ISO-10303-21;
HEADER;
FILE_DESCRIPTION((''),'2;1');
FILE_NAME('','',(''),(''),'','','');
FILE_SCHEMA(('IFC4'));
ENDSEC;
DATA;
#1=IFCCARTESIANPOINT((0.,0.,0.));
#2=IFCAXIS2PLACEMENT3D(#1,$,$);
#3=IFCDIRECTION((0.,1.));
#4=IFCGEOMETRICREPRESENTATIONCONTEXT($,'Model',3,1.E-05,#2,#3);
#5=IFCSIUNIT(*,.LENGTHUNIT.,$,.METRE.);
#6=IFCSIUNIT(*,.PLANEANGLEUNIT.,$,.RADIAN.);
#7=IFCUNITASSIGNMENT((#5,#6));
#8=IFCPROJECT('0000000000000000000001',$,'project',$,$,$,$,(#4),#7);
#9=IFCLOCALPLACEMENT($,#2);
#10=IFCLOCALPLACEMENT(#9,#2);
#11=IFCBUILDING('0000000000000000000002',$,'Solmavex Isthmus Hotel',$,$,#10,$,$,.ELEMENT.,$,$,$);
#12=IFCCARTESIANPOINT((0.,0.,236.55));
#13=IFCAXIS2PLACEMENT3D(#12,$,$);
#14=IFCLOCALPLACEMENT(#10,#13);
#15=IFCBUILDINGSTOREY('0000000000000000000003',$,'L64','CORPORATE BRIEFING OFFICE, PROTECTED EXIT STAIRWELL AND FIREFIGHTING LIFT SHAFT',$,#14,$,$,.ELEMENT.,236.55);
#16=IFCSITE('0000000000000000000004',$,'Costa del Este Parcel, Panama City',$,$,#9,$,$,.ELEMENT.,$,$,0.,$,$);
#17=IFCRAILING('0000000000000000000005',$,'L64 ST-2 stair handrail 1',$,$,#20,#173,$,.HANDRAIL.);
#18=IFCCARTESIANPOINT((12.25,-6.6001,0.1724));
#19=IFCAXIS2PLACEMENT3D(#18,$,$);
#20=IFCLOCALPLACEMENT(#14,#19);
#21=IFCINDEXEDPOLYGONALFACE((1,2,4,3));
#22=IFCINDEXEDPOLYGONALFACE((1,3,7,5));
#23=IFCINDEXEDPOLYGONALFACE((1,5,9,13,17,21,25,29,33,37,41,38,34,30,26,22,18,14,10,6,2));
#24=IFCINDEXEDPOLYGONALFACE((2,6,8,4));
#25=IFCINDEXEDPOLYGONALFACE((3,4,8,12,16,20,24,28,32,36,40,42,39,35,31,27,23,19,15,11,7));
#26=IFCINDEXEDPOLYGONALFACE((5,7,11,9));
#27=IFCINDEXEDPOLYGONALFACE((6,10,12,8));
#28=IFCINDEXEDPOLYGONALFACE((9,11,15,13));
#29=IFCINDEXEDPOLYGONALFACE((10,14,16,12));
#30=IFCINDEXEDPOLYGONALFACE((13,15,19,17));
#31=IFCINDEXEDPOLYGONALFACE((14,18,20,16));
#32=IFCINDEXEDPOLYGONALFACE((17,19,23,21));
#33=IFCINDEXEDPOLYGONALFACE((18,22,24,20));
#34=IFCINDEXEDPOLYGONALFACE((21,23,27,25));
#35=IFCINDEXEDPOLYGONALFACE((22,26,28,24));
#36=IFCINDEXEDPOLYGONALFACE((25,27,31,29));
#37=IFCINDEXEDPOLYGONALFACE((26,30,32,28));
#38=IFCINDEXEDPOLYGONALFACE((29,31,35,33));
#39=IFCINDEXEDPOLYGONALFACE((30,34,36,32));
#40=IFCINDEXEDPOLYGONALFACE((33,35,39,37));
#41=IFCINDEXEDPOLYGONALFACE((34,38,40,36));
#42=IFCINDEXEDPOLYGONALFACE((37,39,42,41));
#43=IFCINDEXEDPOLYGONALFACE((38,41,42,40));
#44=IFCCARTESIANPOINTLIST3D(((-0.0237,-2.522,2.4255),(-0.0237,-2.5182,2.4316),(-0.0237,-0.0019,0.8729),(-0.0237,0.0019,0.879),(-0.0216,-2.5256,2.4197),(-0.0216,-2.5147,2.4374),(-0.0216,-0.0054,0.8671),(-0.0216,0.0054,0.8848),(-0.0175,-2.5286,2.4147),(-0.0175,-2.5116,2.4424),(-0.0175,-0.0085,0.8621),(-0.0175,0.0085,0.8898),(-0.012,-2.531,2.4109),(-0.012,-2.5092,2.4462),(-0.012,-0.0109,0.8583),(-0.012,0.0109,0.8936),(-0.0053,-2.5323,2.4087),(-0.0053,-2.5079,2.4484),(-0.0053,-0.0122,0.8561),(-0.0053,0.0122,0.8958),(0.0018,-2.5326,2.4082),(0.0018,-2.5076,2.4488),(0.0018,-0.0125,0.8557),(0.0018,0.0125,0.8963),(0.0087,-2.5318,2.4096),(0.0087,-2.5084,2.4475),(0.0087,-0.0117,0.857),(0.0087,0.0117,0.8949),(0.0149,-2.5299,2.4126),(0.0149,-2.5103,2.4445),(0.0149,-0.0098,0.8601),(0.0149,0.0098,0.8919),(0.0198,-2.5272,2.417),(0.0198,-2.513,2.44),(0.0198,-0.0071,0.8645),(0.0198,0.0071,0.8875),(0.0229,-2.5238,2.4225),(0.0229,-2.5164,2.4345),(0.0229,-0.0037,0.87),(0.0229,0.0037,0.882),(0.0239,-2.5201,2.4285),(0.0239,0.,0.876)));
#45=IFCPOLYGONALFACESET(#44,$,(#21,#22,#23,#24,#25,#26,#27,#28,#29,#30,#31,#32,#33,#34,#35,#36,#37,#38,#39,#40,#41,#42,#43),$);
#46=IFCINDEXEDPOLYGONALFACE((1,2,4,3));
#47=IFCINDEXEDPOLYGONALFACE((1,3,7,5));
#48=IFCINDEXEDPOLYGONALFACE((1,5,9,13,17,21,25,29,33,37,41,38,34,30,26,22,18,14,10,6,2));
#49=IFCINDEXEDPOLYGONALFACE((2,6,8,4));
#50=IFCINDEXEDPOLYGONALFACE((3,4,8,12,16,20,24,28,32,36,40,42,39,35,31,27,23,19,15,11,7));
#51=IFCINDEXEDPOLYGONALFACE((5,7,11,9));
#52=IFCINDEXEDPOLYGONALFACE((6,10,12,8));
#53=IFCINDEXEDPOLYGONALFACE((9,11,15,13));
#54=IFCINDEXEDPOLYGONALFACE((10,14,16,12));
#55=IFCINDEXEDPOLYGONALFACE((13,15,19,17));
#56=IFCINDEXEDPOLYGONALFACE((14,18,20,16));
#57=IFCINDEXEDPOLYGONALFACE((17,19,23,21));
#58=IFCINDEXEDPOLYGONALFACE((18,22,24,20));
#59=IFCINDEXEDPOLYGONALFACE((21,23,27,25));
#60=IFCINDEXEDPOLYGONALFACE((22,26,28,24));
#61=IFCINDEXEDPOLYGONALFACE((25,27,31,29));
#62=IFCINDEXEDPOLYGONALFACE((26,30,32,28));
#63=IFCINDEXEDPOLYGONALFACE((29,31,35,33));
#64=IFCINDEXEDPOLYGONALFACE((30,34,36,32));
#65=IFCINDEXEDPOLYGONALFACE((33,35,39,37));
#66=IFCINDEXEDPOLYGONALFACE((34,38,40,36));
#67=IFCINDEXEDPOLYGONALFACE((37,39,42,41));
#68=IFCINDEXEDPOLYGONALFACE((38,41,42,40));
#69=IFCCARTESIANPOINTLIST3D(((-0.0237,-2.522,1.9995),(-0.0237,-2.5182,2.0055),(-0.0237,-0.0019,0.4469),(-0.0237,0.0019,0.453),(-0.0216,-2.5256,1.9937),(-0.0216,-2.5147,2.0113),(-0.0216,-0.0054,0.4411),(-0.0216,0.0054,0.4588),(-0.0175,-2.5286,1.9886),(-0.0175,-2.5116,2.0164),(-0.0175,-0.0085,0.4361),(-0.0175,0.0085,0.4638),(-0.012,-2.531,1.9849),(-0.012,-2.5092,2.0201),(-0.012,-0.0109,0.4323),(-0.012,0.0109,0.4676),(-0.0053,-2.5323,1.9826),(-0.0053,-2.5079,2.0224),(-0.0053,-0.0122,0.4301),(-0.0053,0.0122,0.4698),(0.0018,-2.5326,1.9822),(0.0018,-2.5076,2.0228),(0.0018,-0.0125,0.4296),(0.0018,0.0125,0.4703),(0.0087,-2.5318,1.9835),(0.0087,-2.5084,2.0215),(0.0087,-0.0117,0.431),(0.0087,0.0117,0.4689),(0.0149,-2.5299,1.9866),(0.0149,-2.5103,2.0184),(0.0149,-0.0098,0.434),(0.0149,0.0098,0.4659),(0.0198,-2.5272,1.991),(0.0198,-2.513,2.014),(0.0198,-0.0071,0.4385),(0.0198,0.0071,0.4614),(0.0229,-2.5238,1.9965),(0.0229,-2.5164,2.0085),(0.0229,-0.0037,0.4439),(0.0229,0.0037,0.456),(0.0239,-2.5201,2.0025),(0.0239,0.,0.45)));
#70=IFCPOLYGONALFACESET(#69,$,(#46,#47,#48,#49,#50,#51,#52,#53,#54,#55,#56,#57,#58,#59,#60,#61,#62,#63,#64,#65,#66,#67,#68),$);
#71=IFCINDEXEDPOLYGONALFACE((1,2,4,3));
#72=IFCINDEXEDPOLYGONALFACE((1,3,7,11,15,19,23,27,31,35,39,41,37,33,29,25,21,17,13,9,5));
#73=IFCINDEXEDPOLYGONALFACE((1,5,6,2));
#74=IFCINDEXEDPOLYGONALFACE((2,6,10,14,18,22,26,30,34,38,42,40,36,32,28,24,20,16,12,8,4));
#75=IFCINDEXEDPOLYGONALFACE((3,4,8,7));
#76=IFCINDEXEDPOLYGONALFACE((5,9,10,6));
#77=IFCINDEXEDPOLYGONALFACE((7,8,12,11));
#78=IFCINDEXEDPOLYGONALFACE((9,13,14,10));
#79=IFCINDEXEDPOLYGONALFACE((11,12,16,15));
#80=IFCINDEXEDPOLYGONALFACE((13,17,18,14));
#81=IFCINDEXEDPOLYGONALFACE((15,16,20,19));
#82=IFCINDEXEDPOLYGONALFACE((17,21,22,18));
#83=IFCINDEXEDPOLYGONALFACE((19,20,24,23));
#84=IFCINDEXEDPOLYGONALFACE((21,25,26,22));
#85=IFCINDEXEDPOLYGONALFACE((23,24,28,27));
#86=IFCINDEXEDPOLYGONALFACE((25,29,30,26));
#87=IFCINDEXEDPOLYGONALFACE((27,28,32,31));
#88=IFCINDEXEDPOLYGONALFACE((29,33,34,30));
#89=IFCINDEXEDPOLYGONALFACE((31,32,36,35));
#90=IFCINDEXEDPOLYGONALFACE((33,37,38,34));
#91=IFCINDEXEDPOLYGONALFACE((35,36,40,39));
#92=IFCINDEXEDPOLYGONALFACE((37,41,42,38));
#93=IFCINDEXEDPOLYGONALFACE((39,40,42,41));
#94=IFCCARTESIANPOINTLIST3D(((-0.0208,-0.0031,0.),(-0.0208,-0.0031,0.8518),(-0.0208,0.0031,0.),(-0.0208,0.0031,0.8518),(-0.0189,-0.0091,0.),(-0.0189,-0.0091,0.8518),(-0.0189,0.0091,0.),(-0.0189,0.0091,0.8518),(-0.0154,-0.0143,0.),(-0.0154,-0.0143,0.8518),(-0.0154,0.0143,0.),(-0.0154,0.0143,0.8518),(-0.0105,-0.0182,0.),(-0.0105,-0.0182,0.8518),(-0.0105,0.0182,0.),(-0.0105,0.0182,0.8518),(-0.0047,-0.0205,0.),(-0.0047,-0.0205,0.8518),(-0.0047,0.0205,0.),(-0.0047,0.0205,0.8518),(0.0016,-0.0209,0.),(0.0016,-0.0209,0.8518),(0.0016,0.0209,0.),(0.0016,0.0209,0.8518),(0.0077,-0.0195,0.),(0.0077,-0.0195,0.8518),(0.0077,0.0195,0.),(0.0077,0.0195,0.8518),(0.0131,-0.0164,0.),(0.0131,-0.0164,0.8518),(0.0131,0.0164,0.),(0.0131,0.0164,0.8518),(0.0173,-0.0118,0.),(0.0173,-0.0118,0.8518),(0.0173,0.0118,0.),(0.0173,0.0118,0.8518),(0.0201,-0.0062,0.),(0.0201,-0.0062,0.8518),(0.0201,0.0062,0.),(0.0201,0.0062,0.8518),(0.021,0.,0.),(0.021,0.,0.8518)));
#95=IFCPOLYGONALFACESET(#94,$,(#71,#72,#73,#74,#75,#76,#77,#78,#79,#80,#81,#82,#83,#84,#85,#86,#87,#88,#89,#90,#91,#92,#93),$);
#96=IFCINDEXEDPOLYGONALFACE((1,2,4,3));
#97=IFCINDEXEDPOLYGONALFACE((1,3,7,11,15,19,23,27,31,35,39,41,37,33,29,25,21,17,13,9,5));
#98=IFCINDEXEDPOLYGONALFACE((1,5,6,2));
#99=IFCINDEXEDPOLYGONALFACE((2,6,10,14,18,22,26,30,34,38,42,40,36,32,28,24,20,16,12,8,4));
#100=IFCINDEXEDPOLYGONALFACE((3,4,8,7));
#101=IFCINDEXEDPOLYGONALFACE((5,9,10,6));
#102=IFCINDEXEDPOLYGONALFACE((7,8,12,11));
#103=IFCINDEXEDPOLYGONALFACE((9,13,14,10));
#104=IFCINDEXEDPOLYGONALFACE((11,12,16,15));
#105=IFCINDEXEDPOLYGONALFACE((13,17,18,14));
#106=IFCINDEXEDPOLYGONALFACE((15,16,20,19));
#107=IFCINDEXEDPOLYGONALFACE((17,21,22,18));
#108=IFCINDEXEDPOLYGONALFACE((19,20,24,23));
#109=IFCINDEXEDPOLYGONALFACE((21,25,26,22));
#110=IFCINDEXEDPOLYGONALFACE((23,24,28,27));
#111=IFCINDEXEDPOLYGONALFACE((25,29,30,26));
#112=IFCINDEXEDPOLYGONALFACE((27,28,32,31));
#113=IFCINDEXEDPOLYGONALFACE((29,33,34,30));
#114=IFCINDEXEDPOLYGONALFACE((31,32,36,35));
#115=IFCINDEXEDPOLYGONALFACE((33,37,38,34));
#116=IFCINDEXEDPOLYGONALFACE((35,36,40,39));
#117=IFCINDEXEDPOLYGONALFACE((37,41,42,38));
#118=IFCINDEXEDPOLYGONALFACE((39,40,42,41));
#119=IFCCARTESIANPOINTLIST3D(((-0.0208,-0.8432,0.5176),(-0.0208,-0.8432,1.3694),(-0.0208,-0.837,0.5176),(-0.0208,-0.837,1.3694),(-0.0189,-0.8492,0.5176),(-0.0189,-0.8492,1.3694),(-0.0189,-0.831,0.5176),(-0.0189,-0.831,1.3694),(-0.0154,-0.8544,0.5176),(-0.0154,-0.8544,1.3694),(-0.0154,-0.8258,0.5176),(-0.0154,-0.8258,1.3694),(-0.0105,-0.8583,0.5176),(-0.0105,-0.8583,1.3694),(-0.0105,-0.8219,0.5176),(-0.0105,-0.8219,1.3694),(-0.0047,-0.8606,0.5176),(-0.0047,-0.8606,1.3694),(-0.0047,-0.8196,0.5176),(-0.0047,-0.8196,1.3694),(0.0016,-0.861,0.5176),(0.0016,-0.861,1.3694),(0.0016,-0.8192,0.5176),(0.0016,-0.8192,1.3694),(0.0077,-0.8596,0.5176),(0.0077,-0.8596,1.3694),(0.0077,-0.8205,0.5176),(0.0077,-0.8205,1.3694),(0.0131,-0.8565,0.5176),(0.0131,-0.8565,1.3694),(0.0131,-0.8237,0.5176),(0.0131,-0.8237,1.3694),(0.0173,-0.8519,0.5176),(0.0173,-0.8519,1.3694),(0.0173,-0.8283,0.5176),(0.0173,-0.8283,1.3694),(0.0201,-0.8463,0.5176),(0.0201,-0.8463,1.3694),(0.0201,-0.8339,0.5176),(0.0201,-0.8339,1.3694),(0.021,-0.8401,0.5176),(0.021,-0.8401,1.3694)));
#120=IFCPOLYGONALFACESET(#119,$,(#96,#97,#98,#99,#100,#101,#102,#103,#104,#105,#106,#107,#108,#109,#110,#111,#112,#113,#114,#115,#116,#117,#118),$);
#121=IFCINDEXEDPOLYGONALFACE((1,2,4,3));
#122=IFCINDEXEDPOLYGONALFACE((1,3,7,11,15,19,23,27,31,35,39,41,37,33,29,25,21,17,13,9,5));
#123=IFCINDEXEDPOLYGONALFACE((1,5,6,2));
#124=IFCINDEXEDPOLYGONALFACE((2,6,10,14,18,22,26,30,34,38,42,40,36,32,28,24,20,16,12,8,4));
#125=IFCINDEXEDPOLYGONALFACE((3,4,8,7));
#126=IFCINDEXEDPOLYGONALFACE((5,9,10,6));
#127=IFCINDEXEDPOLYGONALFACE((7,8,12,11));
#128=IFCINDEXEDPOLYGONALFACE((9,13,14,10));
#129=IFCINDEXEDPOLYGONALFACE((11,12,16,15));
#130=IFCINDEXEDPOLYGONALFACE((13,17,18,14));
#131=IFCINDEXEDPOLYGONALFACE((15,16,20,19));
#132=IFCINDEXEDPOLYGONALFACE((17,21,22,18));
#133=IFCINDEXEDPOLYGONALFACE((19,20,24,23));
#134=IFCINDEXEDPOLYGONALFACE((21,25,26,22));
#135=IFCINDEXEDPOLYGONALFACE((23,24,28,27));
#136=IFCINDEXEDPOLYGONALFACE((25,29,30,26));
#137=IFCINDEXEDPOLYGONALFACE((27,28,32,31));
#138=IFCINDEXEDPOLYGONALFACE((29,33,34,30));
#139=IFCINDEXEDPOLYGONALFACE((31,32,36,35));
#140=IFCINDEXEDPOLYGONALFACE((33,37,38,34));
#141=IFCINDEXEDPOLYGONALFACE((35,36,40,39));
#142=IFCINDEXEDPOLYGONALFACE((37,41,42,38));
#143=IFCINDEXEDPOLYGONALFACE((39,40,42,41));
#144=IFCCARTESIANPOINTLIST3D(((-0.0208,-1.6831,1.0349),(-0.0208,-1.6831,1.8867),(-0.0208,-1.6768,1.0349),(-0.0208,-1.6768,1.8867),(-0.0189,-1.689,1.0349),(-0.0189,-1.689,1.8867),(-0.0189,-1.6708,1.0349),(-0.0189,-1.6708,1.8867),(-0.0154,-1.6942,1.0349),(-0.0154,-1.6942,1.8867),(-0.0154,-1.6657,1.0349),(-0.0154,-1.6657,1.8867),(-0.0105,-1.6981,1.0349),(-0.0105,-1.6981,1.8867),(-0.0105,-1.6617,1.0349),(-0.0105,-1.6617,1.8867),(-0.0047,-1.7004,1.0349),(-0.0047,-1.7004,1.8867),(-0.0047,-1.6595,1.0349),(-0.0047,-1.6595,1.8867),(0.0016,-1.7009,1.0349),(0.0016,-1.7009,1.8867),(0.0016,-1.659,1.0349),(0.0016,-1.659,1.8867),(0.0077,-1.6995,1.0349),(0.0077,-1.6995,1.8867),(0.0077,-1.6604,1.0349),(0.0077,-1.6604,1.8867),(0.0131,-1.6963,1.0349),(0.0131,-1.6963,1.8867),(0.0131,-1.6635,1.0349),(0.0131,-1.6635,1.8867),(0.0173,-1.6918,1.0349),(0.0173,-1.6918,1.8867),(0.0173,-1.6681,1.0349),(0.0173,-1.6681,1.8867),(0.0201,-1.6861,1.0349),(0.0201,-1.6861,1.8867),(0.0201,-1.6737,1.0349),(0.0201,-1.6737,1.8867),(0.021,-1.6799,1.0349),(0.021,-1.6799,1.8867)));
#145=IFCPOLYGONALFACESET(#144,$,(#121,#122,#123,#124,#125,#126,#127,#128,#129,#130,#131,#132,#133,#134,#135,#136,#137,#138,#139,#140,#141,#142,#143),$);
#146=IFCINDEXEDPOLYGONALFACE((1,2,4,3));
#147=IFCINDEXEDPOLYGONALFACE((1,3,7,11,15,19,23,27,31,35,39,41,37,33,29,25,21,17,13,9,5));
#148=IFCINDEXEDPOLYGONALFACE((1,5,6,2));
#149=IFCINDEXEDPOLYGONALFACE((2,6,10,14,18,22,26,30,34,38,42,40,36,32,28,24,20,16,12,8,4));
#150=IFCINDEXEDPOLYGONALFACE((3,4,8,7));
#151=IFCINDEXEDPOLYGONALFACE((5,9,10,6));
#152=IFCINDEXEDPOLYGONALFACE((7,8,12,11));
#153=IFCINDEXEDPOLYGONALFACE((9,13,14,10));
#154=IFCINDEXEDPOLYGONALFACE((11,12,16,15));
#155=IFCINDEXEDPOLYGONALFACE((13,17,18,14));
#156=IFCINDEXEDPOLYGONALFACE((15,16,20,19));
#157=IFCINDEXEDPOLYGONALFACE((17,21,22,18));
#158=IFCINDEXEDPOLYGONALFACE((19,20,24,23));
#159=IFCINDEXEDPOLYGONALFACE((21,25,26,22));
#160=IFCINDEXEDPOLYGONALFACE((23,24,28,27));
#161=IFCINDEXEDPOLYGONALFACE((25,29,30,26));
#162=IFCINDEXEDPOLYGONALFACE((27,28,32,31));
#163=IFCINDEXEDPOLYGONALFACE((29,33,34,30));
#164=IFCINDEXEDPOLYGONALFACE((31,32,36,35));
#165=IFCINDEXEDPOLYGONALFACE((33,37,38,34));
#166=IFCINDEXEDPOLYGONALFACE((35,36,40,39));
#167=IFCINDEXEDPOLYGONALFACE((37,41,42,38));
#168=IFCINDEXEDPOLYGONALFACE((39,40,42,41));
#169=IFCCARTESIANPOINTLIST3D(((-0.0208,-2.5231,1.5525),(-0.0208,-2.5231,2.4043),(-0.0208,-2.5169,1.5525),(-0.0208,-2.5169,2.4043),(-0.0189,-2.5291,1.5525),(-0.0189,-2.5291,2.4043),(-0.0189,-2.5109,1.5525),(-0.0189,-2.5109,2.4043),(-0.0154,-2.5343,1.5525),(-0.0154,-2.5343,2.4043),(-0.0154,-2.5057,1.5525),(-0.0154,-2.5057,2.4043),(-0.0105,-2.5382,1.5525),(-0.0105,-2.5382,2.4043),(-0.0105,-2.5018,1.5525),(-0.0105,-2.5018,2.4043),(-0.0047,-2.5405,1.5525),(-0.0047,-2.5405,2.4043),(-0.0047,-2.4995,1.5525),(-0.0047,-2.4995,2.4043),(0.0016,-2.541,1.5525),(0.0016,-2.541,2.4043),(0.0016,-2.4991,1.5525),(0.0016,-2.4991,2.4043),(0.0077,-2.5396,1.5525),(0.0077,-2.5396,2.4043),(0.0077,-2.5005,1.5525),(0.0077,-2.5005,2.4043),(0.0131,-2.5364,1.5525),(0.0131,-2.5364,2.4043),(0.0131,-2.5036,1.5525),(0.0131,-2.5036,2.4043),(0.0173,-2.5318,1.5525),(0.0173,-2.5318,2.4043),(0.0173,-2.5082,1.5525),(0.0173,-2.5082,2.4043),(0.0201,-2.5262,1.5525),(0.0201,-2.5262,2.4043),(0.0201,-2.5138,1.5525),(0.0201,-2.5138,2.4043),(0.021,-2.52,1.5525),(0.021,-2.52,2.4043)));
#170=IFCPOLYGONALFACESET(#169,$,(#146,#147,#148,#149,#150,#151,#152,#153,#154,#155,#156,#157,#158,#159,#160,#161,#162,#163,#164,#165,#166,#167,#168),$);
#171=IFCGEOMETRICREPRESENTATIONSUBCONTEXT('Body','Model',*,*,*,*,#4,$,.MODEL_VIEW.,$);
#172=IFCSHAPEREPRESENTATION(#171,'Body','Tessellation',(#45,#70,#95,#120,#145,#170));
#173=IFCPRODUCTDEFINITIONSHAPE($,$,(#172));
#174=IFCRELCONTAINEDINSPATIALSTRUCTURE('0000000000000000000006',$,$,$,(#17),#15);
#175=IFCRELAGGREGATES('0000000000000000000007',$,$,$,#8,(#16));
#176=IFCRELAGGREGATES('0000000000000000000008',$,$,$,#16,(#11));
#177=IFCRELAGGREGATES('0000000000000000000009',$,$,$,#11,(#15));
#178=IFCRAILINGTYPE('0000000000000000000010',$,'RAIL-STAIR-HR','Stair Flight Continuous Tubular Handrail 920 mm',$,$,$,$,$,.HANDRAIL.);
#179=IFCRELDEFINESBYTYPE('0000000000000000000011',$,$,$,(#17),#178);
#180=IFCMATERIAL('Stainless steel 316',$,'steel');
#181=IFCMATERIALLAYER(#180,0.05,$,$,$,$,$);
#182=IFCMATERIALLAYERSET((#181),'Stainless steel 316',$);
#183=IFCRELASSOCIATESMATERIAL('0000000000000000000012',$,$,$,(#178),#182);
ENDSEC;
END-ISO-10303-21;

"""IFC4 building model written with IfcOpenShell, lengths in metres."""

from ifc_helpers import new_model, si_unit, direction, frame, origin, origin_2d, place, context, subcontext, project, spatial, circle, extrude, material, layer, layer_set, type_object, element, save


model = new_model("IFC4")

# Units and contexts
model_context = context("Model", 3, precision=1e-05, world=origin(), true_north=direction((0.0, 1.0)))
body_context = subcontext(model_context, "Body", "Model", "MODEL_VIEW")
ifc_project = project(units=[si_unit("LENGTHUNIT", "METRE"), si_unit("PLANEANGLEUNIT", "RADIAN")], contexts=[model_context])

# Site, building, storey
site_placement = place(None, origin())
site = spatial("IfcSite", under=ifc_project, at=site_placement, Name="Costa del Este Parcel, Panama City", CompositionType="ELEMENT", RefElevation=0.0)
building_placement = place(site_placement, origin())
building = spatial("IfcBuilding", under=site, at=building_placement, Name="Solmavex Isthmus Hotel", CompositionType="ELEMENT")
storey_placement = place(building_placement, frame((0.0, 0.0, 236.55)))
storey = spatial("IfcBuildingStorey", under=building, at=storey_placement, Name="L64", Description="CORPORATE BRIEFING OFFICE, PROTECTED EXIT STAIRWELL AND FIREFIGHTING LIFT SHAFT", CompositionType="ELEMENT", Elevation=236.55)

# Shared definitions
ifc_material_1 = material(Name="Stainless steel 316", Category="steel")

# Railing
ifc_layer_1 = layer(ifc_material_1, 0.05)
ifc_layer_set_1 = layer_set([ifc_layer_1], Name="Stainless steel 316")
railing_type_1 = type_object("IfcRailingType", Name="RAIL-STAIR-HR", Description="Stair Flight Continuous Tubular Handrail 920 mm", PredefinedType="HANDRAIL", material=ifc_layer_set_1)
railing_1_placement = place(storey_placement, frame((12.25, -6.6001, 0.1724)))
element("IfcRailing", 1, at=railing_1_placement, inside=storey, type_object=railing_type_1, Name="L64 ST-2 stair handrail 1", PredefinedType="HANDRAIL", context=body_context, shape_type="SweptSolid", body=[
    extrude(circle(Radius=0.0239, at=origin_2d()), frame((0.0, 0.0, 0.876), z_axis=(0.0, -0.8514, 0.524516), x_axis=(1.0, 0.0, 0.0)), (0.0, 0.0, 1.0), 2.96),
    extrude(circle(Radius=0.0239, at=origin_2d()), frame((0.0, 0.0, 0.45), z_axis=(0.0, -0.8514, 0.524516), x_axis=(1.0, 0.0, 0.0)), (0.0, 0.0, 1.0), 2.96),
    extrude(circle(Radius=0.021, at=origin_2d()), origin(), (0.0, 0.0, 1.0), 0.8518),
    extrude(circle(Radius=0.021, at=origin_2d()), frame((0.0, -0.8401, 0.5176)), (0.0, 0.0, 1.0), 0.8518),
    extrude(circle(Radius=0.021, at=origin_2d()), frame((0.0, -1.6799, 1.0349)), (0.0, 0.0, 1.0), 0.8518),
    extrude(circle(Radius=0.021, at=origin_2d()), frame((0.0, -2.52, 1.5525)), (0.0, 0.0, 1.0), 0.8518),
])

save(model, "model.ifc")
